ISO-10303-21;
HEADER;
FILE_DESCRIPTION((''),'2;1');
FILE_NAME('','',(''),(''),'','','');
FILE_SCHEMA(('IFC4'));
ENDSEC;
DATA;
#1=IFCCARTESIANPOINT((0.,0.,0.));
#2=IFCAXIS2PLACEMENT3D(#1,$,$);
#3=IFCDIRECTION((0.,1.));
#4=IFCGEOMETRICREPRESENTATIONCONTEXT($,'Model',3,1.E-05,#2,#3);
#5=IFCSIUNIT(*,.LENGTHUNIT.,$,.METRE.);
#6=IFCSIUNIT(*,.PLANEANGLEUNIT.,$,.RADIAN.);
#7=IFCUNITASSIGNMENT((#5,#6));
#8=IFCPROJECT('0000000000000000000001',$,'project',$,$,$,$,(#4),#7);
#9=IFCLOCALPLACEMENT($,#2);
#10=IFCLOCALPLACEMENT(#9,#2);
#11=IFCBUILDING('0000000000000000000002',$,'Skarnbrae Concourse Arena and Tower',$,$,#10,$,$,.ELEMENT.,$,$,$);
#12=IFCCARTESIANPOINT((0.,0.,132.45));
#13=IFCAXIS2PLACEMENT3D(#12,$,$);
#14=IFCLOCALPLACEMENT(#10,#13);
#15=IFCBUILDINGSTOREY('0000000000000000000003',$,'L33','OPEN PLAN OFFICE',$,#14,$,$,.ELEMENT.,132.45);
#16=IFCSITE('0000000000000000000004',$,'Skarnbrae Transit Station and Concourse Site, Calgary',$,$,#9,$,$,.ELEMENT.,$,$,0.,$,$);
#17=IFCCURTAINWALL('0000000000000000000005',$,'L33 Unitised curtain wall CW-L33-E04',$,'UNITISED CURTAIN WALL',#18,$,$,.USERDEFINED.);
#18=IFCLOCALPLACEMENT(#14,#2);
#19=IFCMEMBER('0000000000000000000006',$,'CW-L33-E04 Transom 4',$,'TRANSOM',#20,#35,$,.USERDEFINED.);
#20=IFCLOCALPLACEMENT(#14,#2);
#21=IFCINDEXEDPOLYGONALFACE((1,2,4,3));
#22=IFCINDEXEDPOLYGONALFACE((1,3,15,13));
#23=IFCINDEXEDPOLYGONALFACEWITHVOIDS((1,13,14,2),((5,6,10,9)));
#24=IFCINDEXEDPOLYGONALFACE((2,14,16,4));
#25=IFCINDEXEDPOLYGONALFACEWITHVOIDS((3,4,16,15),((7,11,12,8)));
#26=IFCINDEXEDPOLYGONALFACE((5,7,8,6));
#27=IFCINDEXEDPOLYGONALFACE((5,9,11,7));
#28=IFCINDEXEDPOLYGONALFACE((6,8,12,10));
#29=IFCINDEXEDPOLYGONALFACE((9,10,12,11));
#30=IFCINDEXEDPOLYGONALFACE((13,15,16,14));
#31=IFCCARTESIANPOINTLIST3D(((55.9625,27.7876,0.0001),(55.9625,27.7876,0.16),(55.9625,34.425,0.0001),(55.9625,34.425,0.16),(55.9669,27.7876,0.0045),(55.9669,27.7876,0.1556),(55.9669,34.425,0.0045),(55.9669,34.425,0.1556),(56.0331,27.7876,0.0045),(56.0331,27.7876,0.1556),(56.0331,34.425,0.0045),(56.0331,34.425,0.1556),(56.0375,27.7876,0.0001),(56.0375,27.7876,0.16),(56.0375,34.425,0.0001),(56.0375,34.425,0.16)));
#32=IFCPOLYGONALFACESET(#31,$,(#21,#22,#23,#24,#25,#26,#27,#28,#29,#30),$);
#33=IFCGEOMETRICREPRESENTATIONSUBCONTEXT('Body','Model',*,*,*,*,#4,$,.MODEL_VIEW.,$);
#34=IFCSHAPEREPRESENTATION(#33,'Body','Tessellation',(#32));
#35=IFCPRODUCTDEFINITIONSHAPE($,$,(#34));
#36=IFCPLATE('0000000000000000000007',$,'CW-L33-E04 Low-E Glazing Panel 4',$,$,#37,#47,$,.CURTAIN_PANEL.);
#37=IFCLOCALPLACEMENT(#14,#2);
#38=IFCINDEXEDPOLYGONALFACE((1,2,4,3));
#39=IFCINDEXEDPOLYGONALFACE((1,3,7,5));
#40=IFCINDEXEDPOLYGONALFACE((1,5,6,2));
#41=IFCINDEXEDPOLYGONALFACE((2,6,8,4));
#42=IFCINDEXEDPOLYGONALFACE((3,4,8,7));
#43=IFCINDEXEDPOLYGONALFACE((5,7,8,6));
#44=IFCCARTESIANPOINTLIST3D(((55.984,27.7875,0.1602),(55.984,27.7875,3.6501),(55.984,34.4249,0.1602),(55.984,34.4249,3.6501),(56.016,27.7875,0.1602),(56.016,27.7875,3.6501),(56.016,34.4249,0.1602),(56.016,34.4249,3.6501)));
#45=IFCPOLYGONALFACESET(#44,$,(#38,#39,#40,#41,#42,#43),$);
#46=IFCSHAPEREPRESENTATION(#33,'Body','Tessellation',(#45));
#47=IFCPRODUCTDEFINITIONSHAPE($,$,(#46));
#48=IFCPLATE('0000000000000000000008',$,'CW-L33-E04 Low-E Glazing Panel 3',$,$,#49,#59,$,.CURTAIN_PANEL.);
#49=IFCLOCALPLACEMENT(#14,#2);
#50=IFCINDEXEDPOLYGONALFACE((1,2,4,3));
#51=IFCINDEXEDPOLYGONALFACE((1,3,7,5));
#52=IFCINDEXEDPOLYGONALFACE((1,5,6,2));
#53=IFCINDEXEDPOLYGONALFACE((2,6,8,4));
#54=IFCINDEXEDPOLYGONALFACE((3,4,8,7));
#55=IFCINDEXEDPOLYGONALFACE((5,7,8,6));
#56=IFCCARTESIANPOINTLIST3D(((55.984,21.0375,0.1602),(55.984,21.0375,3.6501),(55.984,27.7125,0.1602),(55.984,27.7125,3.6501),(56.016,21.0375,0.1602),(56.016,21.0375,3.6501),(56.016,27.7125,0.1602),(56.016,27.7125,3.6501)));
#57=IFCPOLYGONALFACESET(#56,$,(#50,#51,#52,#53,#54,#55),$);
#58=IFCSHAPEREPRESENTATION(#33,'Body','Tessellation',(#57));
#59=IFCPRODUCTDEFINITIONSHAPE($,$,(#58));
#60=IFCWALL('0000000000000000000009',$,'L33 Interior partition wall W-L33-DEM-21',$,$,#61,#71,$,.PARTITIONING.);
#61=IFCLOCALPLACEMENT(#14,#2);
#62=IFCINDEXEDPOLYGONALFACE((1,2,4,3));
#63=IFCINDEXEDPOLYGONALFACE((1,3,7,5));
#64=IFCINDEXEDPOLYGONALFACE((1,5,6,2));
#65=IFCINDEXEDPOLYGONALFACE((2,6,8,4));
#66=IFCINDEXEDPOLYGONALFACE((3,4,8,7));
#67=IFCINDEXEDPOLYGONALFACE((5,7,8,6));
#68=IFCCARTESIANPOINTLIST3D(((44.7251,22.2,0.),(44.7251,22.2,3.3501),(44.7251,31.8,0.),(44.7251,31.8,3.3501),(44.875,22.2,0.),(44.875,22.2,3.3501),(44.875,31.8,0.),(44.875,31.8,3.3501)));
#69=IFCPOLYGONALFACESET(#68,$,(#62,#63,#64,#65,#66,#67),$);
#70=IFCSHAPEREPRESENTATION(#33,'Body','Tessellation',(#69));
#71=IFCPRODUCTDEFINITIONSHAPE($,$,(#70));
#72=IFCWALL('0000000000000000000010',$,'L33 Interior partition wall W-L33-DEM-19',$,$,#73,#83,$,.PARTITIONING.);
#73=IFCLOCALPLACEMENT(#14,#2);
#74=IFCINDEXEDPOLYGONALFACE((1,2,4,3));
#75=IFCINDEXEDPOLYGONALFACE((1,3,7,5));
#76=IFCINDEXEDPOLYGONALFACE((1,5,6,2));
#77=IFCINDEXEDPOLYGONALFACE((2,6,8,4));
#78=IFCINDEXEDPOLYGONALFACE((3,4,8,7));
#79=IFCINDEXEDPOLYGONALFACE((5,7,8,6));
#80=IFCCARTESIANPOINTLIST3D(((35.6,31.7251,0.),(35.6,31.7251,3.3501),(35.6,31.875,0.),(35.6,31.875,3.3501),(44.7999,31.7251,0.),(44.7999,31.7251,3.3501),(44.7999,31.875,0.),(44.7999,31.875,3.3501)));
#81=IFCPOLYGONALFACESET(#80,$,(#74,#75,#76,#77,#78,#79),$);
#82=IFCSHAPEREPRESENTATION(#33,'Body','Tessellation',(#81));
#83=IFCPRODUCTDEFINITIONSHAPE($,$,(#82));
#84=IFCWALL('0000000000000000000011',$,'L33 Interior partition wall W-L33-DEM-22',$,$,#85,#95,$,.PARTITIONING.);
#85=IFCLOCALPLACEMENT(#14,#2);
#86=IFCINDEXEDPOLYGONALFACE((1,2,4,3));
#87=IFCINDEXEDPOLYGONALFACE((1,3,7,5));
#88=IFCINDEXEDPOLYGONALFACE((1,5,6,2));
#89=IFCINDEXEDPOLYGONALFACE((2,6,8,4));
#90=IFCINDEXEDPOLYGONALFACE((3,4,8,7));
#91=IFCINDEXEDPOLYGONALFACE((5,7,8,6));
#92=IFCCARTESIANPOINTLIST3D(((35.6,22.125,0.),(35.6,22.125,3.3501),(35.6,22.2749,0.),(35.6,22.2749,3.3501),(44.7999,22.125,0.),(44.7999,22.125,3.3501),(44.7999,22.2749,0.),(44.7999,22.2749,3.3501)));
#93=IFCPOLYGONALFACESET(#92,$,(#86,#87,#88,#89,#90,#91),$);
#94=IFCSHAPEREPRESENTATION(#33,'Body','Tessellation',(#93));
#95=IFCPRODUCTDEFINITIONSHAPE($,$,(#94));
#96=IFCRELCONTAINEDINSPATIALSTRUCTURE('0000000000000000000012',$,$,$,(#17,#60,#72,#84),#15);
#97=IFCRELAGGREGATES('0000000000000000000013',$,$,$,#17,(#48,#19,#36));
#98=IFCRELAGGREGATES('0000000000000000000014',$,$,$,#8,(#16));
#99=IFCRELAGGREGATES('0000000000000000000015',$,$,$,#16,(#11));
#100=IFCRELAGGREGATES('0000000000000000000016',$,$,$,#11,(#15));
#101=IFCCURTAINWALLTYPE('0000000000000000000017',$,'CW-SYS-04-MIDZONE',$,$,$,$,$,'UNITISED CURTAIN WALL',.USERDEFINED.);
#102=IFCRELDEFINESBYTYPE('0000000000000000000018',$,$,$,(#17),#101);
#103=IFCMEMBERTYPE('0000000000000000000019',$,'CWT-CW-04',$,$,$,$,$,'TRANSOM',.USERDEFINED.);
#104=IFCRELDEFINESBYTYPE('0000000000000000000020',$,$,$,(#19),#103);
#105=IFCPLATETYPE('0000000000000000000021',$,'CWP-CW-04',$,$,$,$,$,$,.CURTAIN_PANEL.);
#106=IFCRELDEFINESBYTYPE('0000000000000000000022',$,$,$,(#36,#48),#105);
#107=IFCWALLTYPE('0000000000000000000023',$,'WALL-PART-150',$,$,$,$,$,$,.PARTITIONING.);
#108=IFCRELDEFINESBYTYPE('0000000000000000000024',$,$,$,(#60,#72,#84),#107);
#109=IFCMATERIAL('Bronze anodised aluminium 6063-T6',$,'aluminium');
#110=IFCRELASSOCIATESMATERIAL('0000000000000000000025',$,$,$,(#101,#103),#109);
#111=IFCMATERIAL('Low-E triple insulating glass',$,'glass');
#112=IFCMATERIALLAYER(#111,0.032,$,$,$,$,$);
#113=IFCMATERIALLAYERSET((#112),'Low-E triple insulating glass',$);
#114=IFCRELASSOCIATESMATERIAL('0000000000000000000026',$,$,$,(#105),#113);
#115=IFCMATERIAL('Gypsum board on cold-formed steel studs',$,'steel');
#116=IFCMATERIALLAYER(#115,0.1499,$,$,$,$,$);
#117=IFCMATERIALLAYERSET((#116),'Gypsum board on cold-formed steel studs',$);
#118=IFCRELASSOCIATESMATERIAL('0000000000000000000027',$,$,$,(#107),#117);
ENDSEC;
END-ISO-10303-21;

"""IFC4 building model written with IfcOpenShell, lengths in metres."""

from ifc_helpers import new_model, si_unit, direction, frame, frame_2d, origin, origin_2d, place, context, subcontext, project, spatial, rectangle, hollow_rectangle, extrude, source, transform, mapped, material, layer, layer_set, material_profile, profile_set, type_object, element, aggregate, save


model = new_model("IFC4")

# Units and contexts
model_context = context("Model", 3, precision=1e-05, world=origin(), true_north=direction((0.0, 1.0)))
body_context = subcontext(model_context, "Body", "Model", "MODEL_VIEW")
ifc_project = project(units=[si_unit("LENGTHUNIT", "METRE"), si_unit("PLANEANGLEUNIT", "RADIAN")], contexts=[model_context])

# Site, building, storey
site_placement = place(None, origin())
site = spatial("IfcSite", under=ifc_project, at=site_placement, Name="Skarnbrae Transit Station and Concourse Site, Calgary", CompositionType="ELEMENT", RefElevation=0.0)
building_placement = place(site_placement, origin())
building = spatial("IfcBuilding", under=site, at=building_placement, Name="Skarnbrae Concourse Arena and Tower", CompositionType="ELEMENT")
storey_placement = place(building_placement, frame((0.0, 0.0, 132.45)))
storey = spatial("IfcBuildingStorey", under=building, at=storey_placement, Name="L33", Description="OPEN PLAN OFFICE", CompositionType="ELEMENT", Elevation=132.45)

# Curtain wall, member, plates
ifc_material_1 = material(Name="Bronze anodised aluminium 6063-T6", Category="aluminium")
curtain_wall_type = type_object("IfcCurtainWallType", Name="CW-SYS-04-MIDZONE", ElementType="UNITISED CURTAIN WALL", PredefinedType="USERDEFINED", material=ifc_material_1)
curtain_wall_placement = place(storey_placement, origin())
curtain_wall = element("IfcCurtainWall", 1, at=curtain_wall_placement, inside=storey, type_object=curtain_wall_type, Name="L33 Unitised curtain wall CW-L33-E04", ObjectType="UNITISED CURTAIN WALL", PredefinedType="USERDEFINED")
ifc_material_profile_1 = material_profile(ifc_material_1, hollow_rectangle(XDim=0.075, YDim=0.1599, WallThickness=0.0044, at=origin_2d()), Name="ALU-TRAN-75X160")
ifc_profile_set_1 = profile_set([ifc_material_profile_1], Name="Bronze anodised aluminium 6063-T6")
member_type_1 = type_object("IfcMemberType", Name="CWT-CW-04", ElementType="TRANSOM", PredefinedType="USERDEFINED", material=ifc_profile_set_1)
shared_shape_1 = source(origin(), body_context, "Body", "SweptSolid", [
    extrude(hollow_rectangle(XDim=0.075, YDim=0.1599, WallThickness=0.0044, at=origin_2d()), origin(), (0.0, 0.0, 1.0), 6.6375),
])
member_1_placement = place(storey_placement, frame((56.0, 27.7876, 0.0801), z_axis=(0.0, 1.0, 0.0), x_axis=(-1.0, 0.0, 0.0)))
member_1 = element("IfcMember", 2, at=member_1_placement, type_object=member_type_1, Name="CW-L33-E04 Transom 4", ObjectType="TRANSOM", PredefinedType="USERDEFINED", context=body_context, shape_type="MappedRepresentation", body=[
    mapped(shared_shape_1, transform((0.0, 0.0, 0.0))),
])
ifc_material_2 = material(Name="Low-E triple insulating glass", Category="glass")
ifc_layer_1 = layer(ifc_material_2, 0.032)
ifc_layer_set_1 = layer_set([ifc_layer_1], Name="Low-E triple insulating glass")
plate_type = type_object("IfcPlateType", Name="CWP-CW-04", PredefinedType="CURTAIN_PANEL", material=ifc_layer_set_1)
shared_shape_2 = source(origin(), body_context, "Body", "SweptSolid", [
    extrude(rectangle(XDim=6.6375, YDim=0.032, at=origin_2d()), origin(), (0.0, 0.0, 1.0), 3.49),
])
plate_1_placement = place(storey_placement, frame((56.0, 31.1062, 0.1602), z_axis=(0.0, 0.0, 1.0), x_axis=(0.0, 1.0, 0.0)))
plate_1 = element("IfcPlate", 3, at=plate_1_placement, type_object=plate_type, Name="CW-L33-E04 Low-E Glazing Panel 4", PredefinedType="CURTAIN_PANEL", context=body_context, shape_type="MappedRepresentation", body=[
    mapped(shared_shape_2, transform((0.0, 0.0, 0.0))),
])
shared_shape_3 = source(origin(), body_context, "Body", "SweptSolid", [
    extrude(rectangle(XDim=6.675, YDim=0.032, at=origin_2d()), origin(), (0.0, 0.0, 1.0), 3.49),
])
plate_2_placement = place(storey_placement, frame((56.0, 24.375, 0.1602), z_axis=(0.0, 0.0, 1.0), x_axis=(0.0, 1.0, 0.0)))
plate_2 = element("IfcPlate", 4, at=plate_2_placement, type_object=plate_type, Name="CW-L33-E04 Low-E Glazing Panel 3", PredefinedType="CURTAIN_PANEL", context=body_context, shape_type="MappedRepresentation", body=[
    mapped(shared_shape_3, transform((0.0, 0.0, 0.0))),
])
aggregate(curtain_wall, [plate_2, member_1, plate_1])

# Walls
ifc_material_3 = material(Name="Gypsum board on cold-formed steel studs", Category="steel")
ifc_layer_2 = layer(ifc_material_3, 0.1499)
ifc_layer_set_2 = layer_set([ifc_layer_2], Name="Gypsum board on cold-formed steel studs")
wall_type = type_object("IfcWallType", Name="WALL-PART-150", PredefinedType="PARTITIONING", material=ifc_layer_set_2)
shared_shape_4 = source(origin(), body_context, "Body", "SweptSolid", [
    extrude(rectangle(XDim=9.6001, YDim=0.1499, at=frame_2d((4.8, 0.0))), origin(), (0.0, 0.0, 1.0), 3.3501),
])
wall_placement = place(storey_placement, frame((44.8, 31.8, 0.0), z_axis=(0.0, 0.0, 1.0), x_axis=(0.0, -1.0, 0.0)))
element("IfcWall", 5, at=wall_placement, inside=storey, type_object=wall_type, Name="L33 Interior partition wall W-L33-DEM-21", PredefinedType="PARTITIONING", context=body_context, shape_type="MappedRepresentation", body=[
    mapped(shared_shape_4, transform((0.0, 0.0, 0.0))),
])
shared_shape_5 = source(origin(), body_context, "Body", "SweptSolid", [
    extrude(rectangle(XDim=9.2, YDim=0.1499, at=frame_2d((4.6001, 0.0))), origin(), (0.0, 0.0, 1.0), 3.3501),
])
for number, where, z_axis, x_axis, name in (
    (6, (44.8, 31.8, 0.0), (0.0, 0.0, 1.0), (-1.0, 0.0, 0.0), "L33 Interior partition wall W-L33-DEM-19"),
    (7, (44.8, 22.2, 0.0), (0.0, 0.0, 1.0), (-1.0, 0.0, 0.0), "L33 Interior partition wall W-L33-DEM-22"),
):
    element("IfcWall", number, at=place(storey_placement, frame(where, z_axis=z_axis, x_axis=x_axis)), inside=storey, type_object=wall_type, Name=name, PredefinedType="PARTITIONING", context=body_context, shape_type="MappedRepresentation", body=[
        mapped(shared_shape_5, transform((0.0, 0.0, 0.0))),
    ])

save(model, "model.ifc")
